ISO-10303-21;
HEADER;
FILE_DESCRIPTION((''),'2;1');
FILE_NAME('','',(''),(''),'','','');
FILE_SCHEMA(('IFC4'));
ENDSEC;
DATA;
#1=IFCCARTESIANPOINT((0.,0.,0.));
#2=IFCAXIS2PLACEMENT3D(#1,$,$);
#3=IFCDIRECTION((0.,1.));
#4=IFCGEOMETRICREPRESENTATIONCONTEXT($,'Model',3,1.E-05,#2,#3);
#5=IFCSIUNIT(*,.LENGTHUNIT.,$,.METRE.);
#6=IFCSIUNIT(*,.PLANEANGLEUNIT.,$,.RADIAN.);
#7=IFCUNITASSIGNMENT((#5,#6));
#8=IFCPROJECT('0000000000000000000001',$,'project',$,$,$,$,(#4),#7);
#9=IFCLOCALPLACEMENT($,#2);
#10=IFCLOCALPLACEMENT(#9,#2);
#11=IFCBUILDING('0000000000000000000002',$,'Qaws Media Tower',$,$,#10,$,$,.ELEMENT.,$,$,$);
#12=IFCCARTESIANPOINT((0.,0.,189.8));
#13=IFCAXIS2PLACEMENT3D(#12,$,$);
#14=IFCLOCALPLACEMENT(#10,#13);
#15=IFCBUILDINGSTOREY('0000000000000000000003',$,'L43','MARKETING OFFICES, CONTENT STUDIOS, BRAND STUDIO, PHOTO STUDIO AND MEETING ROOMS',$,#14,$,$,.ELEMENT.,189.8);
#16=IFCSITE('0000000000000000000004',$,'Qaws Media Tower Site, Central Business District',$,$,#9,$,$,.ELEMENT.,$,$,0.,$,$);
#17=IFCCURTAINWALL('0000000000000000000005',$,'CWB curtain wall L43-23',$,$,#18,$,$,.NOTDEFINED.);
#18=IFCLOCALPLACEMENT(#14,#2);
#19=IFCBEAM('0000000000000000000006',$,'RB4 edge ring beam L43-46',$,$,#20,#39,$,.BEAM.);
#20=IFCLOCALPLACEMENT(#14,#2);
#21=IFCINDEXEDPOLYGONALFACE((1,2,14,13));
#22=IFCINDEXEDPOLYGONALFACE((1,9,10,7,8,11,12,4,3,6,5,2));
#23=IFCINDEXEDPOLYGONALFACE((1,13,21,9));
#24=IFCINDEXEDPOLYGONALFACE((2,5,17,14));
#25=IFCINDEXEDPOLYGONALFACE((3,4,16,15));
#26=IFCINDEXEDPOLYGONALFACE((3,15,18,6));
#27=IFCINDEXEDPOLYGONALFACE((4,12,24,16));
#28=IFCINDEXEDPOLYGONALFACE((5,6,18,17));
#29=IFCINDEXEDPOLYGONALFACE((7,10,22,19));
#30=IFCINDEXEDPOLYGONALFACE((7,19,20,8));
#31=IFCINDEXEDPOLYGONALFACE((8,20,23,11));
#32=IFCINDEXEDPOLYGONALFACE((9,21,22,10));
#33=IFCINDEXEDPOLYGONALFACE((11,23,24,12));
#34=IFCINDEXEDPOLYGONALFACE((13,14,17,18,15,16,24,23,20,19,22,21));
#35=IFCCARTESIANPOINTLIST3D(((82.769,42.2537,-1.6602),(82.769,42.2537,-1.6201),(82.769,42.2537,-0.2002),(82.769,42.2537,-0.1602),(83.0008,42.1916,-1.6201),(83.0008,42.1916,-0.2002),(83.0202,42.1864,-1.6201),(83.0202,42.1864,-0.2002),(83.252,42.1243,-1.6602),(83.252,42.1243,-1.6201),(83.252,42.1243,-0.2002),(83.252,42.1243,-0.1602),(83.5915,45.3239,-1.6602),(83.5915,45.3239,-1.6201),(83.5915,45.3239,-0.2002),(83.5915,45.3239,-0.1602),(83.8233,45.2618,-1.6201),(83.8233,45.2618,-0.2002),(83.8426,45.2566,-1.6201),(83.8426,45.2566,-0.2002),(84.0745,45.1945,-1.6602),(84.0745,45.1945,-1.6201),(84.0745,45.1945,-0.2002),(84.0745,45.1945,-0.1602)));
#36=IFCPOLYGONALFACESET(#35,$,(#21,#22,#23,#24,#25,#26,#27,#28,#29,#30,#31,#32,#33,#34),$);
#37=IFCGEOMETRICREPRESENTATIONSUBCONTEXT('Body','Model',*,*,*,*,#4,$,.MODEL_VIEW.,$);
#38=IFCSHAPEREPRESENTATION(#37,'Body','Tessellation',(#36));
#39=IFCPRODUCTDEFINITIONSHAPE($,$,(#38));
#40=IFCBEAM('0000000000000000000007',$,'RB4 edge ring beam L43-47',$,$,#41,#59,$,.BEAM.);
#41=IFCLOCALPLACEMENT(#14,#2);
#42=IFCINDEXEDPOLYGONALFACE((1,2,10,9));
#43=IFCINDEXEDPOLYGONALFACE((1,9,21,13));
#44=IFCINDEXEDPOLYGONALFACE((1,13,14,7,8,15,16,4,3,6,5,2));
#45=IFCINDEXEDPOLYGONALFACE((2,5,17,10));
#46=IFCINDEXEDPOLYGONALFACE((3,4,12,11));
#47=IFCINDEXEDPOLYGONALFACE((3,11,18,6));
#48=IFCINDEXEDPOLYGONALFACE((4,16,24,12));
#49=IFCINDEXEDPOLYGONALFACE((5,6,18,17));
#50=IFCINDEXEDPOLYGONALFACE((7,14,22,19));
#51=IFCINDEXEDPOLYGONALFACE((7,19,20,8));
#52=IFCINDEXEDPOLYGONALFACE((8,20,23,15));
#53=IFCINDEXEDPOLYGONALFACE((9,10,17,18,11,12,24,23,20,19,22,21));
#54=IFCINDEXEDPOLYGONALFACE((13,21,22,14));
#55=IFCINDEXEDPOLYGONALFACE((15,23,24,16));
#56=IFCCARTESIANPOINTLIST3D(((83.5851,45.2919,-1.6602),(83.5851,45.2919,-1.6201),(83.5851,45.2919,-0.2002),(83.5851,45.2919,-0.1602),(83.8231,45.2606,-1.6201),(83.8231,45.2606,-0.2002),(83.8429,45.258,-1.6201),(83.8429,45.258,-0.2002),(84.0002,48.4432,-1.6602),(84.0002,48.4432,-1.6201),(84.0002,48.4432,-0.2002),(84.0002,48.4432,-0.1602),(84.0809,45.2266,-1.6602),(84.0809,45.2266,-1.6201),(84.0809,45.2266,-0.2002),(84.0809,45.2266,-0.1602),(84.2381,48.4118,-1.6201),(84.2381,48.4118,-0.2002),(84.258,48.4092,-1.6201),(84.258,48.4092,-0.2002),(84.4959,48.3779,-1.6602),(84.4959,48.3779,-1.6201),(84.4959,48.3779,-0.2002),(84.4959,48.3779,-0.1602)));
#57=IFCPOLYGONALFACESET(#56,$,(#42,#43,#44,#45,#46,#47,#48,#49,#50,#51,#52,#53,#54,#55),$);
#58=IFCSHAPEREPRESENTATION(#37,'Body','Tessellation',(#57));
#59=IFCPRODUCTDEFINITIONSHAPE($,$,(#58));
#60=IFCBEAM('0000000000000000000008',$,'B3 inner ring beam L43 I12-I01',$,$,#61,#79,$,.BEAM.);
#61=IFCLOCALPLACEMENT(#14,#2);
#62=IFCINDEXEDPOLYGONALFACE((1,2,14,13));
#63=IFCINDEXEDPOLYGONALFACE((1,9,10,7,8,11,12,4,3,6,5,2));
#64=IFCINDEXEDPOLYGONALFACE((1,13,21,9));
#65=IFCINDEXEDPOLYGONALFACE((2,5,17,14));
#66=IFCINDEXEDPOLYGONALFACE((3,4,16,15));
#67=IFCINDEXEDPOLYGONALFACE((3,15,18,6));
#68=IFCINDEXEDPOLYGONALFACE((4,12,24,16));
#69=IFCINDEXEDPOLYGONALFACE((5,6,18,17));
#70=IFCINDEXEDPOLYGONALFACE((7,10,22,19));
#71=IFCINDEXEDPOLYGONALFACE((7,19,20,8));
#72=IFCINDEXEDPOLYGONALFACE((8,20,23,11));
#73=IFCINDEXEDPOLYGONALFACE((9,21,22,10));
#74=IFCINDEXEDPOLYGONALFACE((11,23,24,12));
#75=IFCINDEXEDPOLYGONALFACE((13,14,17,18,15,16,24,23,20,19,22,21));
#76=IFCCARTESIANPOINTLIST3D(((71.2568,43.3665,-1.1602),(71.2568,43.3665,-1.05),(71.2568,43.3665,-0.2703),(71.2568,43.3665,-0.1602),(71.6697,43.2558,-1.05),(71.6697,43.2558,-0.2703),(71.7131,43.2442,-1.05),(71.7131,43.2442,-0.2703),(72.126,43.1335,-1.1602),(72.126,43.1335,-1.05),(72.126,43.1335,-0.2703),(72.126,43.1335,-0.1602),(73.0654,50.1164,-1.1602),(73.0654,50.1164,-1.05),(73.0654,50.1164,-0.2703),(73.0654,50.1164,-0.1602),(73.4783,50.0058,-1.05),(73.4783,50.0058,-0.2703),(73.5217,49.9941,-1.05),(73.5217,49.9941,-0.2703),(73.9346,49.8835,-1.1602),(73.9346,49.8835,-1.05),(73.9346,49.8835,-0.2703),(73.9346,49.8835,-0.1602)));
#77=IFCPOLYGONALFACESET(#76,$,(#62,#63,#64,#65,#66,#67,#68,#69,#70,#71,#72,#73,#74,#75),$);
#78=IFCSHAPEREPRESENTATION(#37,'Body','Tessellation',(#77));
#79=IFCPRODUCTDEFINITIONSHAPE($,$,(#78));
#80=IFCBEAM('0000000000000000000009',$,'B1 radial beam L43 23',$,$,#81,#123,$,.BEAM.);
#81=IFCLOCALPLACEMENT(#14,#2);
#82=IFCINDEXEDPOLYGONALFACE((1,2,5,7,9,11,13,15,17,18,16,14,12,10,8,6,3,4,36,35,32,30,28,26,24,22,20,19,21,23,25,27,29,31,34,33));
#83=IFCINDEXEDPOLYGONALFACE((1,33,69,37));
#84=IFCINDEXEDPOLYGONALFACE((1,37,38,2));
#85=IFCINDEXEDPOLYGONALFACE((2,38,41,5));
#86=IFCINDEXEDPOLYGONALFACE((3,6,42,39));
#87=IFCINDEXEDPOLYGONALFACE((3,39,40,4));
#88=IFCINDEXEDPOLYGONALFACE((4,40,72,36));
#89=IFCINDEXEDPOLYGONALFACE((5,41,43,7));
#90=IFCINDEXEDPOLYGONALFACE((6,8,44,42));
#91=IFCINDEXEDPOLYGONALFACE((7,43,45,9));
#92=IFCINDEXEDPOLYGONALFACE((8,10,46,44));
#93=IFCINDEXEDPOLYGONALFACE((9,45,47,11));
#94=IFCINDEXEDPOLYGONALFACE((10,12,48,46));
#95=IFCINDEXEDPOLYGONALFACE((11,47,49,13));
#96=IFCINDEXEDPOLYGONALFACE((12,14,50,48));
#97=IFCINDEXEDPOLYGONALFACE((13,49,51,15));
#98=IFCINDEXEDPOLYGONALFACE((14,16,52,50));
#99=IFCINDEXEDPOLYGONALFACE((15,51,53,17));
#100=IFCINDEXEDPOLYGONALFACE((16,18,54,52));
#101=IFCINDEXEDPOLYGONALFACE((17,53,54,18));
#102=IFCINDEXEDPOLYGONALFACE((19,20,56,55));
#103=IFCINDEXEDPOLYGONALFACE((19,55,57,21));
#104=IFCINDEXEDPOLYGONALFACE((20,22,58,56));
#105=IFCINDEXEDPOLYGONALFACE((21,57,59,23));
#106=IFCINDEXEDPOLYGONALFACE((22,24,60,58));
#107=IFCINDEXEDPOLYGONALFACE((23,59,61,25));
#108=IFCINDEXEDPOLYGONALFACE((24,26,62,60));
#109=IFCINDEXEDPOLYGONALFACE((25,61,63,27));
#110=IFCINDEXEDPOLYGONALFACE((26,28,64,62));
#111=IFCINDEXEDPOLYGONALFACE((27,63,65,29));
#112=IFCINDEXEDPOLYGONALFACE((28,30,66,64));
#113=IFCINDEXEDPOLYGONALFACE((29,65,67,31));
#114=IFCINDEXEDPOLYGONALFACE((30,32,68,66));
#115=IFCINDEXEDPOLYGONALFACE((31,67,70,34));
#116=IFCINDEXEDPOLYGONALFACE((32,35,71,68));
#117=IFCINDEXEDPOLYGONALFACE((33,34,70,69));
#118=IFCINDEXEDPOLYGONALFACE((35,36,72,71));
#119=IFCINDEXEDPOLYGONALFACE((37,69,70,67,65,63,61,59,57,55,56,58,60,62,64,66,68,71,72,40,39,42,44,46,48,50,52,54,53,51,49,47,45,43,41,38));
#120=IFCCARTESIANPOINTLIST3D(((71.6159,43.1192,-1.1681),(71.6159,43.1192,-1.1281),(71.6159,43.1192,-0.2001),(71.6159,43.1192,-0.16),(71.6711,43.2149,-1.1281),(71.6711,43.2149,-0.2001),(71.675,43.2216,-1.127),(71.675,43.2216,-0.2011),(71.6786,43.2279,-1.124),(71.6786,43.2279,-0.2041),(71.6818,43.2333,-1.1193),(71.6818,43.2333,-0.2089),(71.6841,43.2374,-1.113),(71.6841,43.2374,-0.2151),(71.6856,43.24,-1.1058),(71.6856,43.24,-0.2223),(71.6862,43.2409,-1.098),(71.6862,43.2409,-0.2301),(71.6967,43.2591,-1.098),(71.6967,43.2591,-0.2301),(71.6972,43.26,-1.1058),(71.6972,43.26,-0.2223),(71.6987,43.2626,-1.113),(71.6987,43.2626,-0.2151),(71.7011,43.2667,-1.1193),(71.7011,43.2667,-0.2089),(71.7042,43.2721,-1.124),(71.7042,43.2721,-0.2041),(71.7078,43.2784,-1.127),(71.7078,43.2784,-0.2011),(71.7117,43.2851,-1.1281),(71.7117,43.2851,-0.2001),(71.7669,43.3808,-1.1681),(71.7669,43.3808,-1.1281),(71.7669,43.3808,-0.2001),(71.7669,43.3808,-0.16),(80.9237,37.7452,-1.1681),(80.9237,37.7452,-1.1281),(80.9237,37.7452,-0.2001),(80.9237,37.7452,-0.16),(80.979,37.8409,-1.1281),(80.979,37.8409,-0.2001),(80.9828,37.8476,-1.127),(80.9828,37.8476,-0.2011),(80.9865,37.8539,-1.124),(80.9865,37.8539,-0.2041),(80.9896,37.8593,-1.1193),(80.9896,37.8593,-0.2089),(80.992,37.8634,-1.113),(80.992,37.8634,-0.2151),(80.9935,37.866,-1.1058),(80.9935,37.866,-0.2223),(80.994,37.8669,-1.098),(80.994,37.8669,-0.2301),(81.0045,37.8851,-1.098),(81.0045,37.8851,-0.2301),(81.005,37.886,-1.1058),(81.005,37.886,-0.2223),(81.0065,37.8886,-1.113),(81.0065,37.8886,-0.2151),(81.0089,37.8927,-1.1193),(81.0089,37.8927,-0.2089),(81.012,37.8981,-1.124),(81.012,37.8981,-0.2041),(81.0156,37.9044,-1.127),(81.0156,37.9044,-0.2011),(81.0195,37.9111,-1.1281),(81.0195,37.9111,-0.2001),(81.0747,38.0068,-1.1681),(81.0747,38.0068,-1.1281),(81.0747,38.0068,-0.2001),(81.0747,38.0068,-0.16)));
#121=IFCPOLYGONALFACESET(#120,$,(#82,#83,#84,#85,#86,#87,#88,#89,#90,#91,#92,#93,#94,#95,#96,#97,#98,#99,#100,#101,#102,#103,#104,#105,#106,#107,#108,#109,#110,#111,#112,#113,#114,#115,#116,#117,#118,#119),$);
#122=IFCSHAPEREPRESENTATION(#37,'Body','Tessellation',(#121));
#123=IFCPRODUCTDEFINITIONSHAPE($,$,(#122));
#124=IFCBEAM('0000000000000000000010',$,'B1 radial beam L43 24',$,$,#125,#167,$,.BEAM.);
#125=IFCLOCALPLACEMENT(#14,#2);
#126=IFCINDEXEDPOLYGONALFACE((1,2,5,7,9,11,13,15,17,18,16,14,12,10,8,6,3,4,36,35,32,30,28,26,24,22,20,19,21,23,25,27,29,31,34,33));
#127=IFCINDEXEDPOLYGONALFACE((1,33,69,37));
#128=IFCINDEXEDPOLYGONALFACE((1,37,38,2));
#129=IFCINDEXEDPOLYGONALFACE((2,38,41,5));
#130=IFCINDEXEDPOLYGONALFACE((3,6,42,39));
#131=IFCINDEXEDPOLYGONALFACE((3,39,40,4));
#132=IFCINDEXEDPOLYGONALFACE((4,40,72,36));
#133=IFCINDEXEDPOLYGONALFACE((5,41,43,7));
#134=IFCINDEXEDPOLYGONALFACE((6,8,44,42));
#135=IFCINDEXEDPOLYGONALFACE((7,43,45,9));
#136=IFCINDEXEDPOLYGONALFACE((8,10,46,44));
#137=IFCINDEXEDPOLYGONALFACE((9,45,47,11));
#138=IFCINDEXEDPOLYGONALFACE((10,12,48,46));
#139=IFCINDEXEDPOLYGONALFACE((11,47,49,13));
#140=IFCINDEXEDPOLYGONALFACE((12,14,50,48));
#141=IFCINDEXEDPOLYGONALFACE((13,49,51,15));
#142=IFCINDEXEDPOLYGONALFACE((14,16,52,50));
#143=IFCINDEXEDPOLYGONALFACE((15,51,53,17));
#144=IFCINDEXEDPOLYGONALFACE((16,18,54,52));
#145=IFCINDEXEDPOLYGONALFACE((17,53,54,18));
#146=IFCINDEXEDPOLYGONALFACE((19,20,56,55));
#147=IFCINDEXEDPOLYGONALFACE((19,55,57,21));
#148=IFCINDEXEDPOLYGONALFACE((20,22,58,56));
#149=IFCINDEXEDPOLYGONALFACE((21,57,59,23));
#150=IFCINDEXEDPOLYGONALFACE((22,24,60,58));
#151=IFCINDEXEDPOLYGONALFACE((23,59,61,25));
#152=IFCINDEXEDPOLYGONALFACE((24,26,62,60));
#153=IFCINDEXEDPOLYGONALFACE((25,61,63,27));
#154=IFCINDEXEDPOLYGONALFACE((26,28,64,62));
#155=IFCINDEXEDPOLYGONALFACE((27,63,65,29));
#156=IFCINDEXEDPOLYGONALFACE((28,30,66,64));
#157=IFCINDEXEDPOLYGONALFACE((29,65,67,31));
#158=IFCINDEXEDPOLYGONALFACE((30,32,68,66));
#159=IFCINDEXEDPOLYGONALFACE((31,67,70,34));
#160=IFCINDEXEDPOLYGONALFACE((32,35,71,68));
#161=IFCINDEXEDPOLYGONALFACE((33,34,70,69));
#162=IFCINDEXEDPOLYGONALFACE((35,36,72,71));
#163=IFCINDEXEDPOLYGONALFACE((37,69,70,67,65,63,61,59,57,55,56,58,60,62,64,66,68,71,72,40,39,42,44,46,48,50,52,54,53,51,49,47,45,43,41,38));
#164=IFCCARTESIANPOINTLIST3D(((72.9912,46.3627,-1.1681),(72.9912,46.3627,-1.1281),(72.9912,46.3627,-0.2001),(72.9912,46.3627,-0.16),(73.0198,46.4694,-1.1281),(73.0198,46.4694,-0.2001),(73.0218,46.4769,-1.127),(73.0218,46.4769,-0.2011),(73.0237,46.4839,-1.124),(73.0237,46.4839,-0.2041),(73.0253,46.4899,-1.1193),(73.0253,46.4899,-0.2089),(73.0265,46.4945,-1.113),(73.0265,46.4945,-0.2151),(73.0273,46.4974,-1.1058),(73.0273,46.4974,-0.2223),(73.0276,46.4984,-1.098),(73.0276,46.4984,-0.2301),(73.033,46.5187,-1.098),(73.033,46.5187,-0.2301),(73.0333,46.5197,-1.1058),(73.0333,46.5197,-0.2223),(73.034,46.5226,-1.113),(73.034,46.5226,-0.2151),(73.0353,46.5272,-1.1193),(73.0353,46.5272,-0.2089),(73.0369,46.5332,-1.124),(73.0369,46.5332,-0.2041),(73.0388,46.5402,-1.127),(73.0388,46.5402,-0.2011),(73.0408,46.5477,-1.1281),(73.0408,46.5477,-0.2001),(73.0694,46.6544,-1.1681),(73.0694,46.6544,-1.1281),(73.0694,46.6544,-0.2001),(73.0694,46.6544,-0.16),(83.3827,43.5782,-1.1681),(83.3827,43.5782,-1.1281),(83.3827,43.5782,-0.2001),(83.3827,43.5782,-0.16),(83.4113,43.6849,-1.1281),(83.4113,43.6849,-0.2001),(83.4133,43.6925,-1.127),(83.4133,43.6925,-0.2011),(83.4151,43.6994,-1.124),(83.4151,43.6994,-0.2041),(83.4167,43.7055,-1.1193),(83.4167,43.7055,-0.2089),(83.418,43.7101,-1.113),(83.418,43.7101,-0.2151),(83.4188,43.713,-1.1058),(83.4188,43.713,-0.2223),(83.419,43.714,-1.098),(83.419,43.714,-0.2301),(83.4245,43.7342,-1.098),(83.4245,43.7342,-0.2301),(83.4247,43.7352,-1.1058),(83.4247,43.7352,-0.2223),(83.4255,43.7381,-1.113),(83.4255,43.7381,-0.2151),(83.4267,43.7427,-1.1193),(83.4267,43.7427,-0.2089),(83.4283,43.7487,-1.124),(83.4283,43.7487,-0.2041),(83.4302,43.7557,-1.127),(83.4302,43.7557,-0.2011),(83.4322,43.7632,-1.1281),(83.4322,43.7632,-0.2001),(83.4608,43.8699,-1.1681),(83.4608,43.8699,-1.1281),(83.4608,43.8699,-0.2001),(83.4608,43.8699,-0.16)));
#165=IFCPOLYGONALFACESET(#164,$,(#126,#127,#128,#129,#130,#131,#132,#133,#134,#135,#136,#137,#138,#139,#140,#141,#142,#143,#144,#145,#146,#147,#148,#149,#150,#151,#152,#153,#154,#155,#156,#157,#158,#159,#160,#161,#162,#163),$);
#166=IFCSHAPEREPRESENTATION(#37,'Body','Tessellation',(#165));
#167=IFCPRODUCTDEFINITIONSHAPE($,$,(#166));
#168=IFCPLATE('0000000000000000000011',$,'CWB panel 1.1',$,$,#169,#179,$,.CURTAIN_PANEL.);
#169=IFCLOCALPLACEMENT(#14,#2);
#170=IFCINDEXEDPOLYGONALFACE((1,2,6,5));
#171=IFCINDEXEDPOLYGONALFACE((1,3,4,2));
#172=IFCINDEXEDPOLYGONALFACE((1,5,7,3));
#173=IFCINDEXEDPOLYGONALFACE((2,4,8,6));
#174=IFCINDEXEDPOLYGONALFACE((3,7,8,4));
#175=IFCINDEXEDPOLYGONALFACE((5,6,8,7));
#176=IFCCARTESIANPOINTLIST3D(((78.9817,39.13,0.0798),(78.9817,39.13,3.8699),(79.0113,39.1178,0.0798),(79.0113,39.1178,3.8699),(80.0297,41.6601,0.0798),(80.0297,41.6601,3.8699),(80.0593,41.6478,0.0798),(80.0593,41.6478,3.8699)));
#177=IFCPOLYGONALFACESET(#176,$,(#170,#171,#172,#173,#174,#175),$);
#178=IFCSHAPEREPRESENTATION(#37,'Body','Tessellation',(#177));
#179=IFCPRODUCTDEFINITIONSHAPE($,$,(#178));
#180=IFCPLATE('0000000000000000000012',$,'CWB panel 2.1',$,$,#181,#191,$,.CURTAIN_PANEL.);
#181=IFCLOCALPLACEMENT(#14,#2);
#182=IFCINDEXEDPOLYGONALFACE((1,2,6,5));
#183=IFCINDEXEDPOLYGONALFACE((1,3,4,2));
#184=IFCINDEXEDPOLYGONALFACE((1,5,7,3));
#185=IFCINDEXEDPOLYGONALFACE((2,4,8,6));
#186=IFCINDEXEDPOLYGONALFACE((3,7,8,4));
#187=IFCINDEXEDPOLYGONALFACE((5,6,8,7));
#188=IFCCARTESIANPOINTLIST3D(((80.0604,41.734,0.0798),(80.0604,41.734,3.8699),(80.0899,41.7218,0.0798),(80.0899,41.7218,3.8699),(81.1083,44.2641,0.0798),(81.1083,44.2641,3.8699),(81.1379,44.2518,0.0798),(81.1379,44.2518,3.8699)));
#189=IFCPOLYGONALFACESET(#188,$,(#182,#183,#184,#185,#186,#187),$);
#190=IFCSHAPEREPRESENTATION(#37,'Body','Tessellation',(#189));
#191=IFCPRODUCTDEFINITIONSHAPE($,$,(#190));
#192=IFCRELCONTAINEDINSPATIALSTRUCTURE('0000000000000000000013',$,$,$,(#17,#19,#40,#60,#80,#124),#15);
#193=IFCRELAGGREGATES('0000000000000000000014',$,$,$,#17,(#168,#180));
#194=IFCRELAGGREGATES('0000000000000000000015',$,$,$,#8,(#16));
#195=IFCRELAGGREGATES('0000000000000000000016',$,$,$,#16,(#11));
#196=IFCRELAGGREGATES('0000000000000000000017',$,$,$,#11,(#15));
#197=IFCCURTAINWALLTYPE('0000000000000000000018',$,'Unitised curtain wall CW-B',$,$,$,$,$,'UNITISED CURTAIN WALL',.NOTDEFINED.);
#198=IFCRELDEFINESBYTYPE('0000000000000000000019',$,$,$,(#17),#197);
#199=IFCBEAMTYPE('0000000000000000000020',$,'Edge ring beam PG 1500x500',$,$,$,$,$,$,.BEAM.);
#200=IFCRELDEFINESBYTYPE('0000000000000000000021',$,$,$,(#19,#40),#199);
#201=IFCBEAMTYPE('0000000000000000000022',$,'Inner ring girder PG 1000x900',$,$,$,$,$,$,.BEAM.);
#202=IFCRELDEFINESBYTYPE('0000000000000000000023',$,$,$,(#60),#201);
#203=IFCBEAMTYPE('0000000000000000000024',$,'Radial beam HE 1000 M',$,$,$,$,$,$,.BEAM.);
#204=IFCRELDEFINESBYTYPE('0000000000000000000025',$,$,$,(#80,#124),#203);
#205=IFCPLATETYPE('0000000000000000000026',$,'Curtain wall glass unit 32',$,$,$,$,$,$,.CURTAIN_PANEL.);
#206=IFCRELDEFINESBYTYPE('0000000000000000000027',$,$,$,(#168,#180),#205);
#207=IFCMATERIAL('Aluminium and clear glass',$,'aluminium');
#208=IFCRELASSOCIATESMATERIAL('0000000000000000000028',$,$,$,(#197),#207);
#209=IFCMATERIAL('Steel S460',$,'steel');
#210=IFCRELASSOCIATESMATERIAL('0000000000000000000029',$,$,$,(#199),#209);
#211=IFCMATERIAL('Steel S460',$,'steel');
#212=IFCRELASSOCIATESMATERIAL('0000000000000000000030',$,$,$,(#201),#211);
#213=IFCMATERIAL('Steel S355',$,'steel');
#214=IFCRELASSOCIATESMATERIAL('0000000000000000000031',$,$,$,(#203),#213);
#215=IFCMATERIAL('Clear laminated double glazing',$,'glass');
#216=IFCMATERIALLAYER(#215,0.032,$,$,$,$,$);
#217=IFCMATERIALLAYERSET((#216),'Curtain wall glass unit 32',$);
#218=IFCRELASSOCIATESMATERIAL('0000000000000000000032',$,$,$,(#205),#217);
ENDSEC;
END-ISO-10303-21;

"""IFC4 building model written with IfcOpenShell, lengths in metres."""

from ifc_helpers import new_model, si_unit, direction, frame, origin, origin_2d, place, context, subcontext, project, spatial, rectangle, i_section, extrude, material, layer, layer_set, material_profile, profile_set, type_object, element, aggregate, save


model = new_model("IFC4")

# Units and contexts
model_context = context("Model", 3, precision=1e-05, world=origin(), true_north=direction((0.0, 1.0)))
body_context = subcontext(model_context, "Body", "Model", "MODEL_VIEW")
ifc_project = project(units=[si_unit("LENGTHUNIT", "METRE"), si_unit("PLANEANGLEUNIT", "RADIAN")], contexts=[model_context])

# Site, building, storey
site_placement = place(None, origin())
site = spatial("IfcSite", under=ifc_project, at=site_placement, Name="Qaws Media Tower Site, Central Business District", CompositionType="ELEMENT", RefElevation=0.0)
building_placement = place(site_placement, origin())
building = spatial("IfcBuilding", under=site, at=building_placement, Name="Qaws Media Tower", CompositionType="ELEMENT")
storey_placement = place(building_placement, frame((0.0, 0.0, 189.8)))
storey = spatial("IfcBuildingStorey", under=building, at=storey_placement, Name="L43", Description="MARKETING OFFICES, CONTENT STUDIOS, BRAND STUDIO, PHOTO STUDIO AND MEETING ROOMS", CompositionType="ELEMENT", Elevation=189.8)

# Curtain wall
ifc_material_1 = material(Name="Aluminium and clear glass", Category="aluminium")
curtain_wall_type = type_object("IfcCurtainWallType", Name="Unitised curtain wall CW-B", ElementType="UNITISED CURTAIN WALL", PredefinedType="NOTDEFINED", material=ifc_material_1)
curtain_wall_1_placement = place(storey_placement, origin())
curtain_wall_1 = element("IfcCurtainWall", 1, at=curtain_wall_1_placement, inside=storey, type_object=curtain_wall_type, Name="CWB curtain wall L43-23", PredefinedType="NOTDEFINED")

# Beams
ifc_material_2 = material(Name="Steel S460", Category="steel")
ifc_material_profile_1 = material_profile(ifc_material_2, i_section(OverallWidth=0.5, OverallDepth=1.5, WebThickness=0.02, FlangeThickness=0.04, at=origin_2d()), Name="PG 1500x500")
ifc_profile_set_1 = profile_set([ifc_material_profile_1], Name="Steel S460")
beam_type_1 = type_object("IfcBeamType", Name="Edge ring beam PG 1500x500", PredefinedType="BEAM", material=ifc_profile_set_1)
for number, where, z_axis, x_axis, name in (
    (2, (83.0105, 42.189, -0.9102), (0.258767, 0.96594, 0.0), (-0.96594, 0.258767, 0.0), "RB4 edge ring beam L43-46"),
    (3, (83.833, 45.2593, -0.9102), (0.130574, 0.991439, 0.0), (-0.991439, 0.130574, 0.0), "RB4 edge ring beam L43-47"),
):
    element("IfcBeam", number, at=place(storey_placement, frame(where, z_axis=z_axis, x_axis=x_axis)), inside=storey, type_object=beam_type_1, Name=name, PredefinedType="BEAM", context=body_context, shape_type="SweptSolid", body=[
        extrude(i_section(OverallWidth=0.5, OverallDepth=1.5, WebThickness=0.02, FlangeThickness=0.04, at=origin_2d()), origin(), (0.0, 0.0, 1.0), 3.1785),
    ])
ifc_material_3 = material(Name="Steel S460", Category="steel")
ifc_material_profile_2 = material_profile(ifc_material_3, i_section(OverallWidth=0.8999, OverallDepth=1.0, WebThickness=0.0449, FlangeThickness=0.1101, at=origin_2d()), Name="PG 1000x900")
ifc_profile_set_2 = profile_set([ifc_material_profile_2], Name="Steel S460")
beam_type_2 = type_object("IfcBeamType", Name="Inner ring girder PG 1000x900", PredefinedType="BEAM", material=ifc_profile_set_2)
beam_1_placement = place(storey_placement, frame((71.6914, 43.25, -0.6602), z_axis=(0.258811, 0.965928, 0.0), x_axis=(-0.965928, 0.258811, 0.0)))
element("IfcBeam", 4, at=beam_1_placement, inside=storey, type_object=beam_type_2, Name="B3 inner ring beam L43 I12-I01", PredefinedType="BEAM", context=body_context, shape_type="SweptSolid", body=[
    extrude(i_section(OverallWidth=0.8999, OverallDepth=1.0, WebThickness=0.0449, FlangeThickness=0.1101, at=origin_2d()), origin(), (0.0, 0.0, 1.0), 6.988),
])
ifc_material_4 = material(Name="Steel S355", Category="steel")
ifc_material_profile_3 = material_profile(ifc_material_4, i_section(OverallWidth=0.302, OverallDepth=1.0081, WebThickness=0.021, FlangeThickness=0.04, FilletRadius=0.03, at=origin_2d()), Name="HE 1000 M")
ifc_profile_set_3 = profile_set([ifc_material_profile_3], Name="Steel S355")
beam_type_3 = type_object("IfcBeamType", Name="Radial beam HE 1000 M", PredefinedType="BEAM", material=ifc_profile_set_3)
beam_2_placement = place(storey_placement, frame((71.6914, 43.25, -0.6641), z_axis=(0.86602, -0.500009, 0.0), x_axis=(0.500009, 0.86602, 0.0)))
element("IfcBeam", 5, at=beam_2_placement, inside=storey, type_object=beam_type_3, Name="B1 radial beam L43 23", PredefinedType="BEAM", context=body_context, shape_type="SweptSolid", body=[
    extrude(i_section(OverallWidth=0.302, OverallDepth=1.0081, WebThickness=0.021, FlangeThickness=0.04, FilletRadius=0.03, at=origin_2d()), origin(), (0.0, 0.0, 1.0), 10.7478),
])
beam_3_placement = place(storey_placement, frame((73.0303, 46.5085, -0.6641), z_axis=(0.965924, -0.258825, 0.0), x_axis=(0.258825, 0.965924, 0.0)))
element("IfcBeam", 6, at=beam_3_placement, inside=storey, type_object=beam_type_3, Name="B1 radial beam L43 24", PredefinedType="BEAM", context=body_context, shape_type="SweptSolid", body=[
    extrude(i_section(OverallWidth=0.302, OverallDepth=1.0081, WebThickness=0.021, FlangeThickness=0.04, FilletRadius=0.03, at=origin_2d()), origin(), (0.0, 0.0, 1.0), 10.7581),
])

# Plates
ifc_material_5 = material(Name="Clear laminated double glazing", Category="glass")
ifc_layer_1 = layer(ifc_material_5, 0.032)
ifc_layer_set_1 = layer_set([ifc_layer_1], Name="Curtain wall glass unit 32")
plate_type_1 = type_object("IfcPlateType", Name="Curtain wall glass unit 32", PredefinedType="CURTAIN_PANEL", material=ifc_layer_set_1)
plate_1_placement = place(storey_placement, frame((79.5205, 40.3889, 0.0798), z_axis=(0.0, 0.0, 1.0), x_axis=(0.382684, 0.923879, 0.0)))
plate_1 = element("IfcPlate", 7, at=plate_1_placement, type_object=plate_type_1, Name="CWB panel 1.1", PredefinedType="CURTAIN_PANEL", context=body_context, shape_type="SweptSolid", body=[
    extrude(rectangle(XDim=2.7385, YDim=0.032, at=origin_2d()), origin(), (0.0, 0.0, 1.0), 3.79),
])
plate_2_placement = place(storey_placement, frame((80.5991, 42.9929, 0.0798), z_axis=(0.0, 0.0, 1.0), x_axis=(0.382684, 0.923879, 0.0)))
plate_2 = element("IfcPlate", 8, at=plate_2_placement, type_object=plate_type_1, Name="CWB panel 2.1", PredefinedType="CURTAIN_PANEL", context=body_context, shape_type="SweptSolid", body=[
    extrude(rectangle(XDim=2.7385, YDim=0.032, at=origin_2d()), origin(), (0.0, 0.0, 1.0), 3.79),
])
aggregate(curtain_wall_1, [plate_1, plate_2])

save(model, "model.ifc")
